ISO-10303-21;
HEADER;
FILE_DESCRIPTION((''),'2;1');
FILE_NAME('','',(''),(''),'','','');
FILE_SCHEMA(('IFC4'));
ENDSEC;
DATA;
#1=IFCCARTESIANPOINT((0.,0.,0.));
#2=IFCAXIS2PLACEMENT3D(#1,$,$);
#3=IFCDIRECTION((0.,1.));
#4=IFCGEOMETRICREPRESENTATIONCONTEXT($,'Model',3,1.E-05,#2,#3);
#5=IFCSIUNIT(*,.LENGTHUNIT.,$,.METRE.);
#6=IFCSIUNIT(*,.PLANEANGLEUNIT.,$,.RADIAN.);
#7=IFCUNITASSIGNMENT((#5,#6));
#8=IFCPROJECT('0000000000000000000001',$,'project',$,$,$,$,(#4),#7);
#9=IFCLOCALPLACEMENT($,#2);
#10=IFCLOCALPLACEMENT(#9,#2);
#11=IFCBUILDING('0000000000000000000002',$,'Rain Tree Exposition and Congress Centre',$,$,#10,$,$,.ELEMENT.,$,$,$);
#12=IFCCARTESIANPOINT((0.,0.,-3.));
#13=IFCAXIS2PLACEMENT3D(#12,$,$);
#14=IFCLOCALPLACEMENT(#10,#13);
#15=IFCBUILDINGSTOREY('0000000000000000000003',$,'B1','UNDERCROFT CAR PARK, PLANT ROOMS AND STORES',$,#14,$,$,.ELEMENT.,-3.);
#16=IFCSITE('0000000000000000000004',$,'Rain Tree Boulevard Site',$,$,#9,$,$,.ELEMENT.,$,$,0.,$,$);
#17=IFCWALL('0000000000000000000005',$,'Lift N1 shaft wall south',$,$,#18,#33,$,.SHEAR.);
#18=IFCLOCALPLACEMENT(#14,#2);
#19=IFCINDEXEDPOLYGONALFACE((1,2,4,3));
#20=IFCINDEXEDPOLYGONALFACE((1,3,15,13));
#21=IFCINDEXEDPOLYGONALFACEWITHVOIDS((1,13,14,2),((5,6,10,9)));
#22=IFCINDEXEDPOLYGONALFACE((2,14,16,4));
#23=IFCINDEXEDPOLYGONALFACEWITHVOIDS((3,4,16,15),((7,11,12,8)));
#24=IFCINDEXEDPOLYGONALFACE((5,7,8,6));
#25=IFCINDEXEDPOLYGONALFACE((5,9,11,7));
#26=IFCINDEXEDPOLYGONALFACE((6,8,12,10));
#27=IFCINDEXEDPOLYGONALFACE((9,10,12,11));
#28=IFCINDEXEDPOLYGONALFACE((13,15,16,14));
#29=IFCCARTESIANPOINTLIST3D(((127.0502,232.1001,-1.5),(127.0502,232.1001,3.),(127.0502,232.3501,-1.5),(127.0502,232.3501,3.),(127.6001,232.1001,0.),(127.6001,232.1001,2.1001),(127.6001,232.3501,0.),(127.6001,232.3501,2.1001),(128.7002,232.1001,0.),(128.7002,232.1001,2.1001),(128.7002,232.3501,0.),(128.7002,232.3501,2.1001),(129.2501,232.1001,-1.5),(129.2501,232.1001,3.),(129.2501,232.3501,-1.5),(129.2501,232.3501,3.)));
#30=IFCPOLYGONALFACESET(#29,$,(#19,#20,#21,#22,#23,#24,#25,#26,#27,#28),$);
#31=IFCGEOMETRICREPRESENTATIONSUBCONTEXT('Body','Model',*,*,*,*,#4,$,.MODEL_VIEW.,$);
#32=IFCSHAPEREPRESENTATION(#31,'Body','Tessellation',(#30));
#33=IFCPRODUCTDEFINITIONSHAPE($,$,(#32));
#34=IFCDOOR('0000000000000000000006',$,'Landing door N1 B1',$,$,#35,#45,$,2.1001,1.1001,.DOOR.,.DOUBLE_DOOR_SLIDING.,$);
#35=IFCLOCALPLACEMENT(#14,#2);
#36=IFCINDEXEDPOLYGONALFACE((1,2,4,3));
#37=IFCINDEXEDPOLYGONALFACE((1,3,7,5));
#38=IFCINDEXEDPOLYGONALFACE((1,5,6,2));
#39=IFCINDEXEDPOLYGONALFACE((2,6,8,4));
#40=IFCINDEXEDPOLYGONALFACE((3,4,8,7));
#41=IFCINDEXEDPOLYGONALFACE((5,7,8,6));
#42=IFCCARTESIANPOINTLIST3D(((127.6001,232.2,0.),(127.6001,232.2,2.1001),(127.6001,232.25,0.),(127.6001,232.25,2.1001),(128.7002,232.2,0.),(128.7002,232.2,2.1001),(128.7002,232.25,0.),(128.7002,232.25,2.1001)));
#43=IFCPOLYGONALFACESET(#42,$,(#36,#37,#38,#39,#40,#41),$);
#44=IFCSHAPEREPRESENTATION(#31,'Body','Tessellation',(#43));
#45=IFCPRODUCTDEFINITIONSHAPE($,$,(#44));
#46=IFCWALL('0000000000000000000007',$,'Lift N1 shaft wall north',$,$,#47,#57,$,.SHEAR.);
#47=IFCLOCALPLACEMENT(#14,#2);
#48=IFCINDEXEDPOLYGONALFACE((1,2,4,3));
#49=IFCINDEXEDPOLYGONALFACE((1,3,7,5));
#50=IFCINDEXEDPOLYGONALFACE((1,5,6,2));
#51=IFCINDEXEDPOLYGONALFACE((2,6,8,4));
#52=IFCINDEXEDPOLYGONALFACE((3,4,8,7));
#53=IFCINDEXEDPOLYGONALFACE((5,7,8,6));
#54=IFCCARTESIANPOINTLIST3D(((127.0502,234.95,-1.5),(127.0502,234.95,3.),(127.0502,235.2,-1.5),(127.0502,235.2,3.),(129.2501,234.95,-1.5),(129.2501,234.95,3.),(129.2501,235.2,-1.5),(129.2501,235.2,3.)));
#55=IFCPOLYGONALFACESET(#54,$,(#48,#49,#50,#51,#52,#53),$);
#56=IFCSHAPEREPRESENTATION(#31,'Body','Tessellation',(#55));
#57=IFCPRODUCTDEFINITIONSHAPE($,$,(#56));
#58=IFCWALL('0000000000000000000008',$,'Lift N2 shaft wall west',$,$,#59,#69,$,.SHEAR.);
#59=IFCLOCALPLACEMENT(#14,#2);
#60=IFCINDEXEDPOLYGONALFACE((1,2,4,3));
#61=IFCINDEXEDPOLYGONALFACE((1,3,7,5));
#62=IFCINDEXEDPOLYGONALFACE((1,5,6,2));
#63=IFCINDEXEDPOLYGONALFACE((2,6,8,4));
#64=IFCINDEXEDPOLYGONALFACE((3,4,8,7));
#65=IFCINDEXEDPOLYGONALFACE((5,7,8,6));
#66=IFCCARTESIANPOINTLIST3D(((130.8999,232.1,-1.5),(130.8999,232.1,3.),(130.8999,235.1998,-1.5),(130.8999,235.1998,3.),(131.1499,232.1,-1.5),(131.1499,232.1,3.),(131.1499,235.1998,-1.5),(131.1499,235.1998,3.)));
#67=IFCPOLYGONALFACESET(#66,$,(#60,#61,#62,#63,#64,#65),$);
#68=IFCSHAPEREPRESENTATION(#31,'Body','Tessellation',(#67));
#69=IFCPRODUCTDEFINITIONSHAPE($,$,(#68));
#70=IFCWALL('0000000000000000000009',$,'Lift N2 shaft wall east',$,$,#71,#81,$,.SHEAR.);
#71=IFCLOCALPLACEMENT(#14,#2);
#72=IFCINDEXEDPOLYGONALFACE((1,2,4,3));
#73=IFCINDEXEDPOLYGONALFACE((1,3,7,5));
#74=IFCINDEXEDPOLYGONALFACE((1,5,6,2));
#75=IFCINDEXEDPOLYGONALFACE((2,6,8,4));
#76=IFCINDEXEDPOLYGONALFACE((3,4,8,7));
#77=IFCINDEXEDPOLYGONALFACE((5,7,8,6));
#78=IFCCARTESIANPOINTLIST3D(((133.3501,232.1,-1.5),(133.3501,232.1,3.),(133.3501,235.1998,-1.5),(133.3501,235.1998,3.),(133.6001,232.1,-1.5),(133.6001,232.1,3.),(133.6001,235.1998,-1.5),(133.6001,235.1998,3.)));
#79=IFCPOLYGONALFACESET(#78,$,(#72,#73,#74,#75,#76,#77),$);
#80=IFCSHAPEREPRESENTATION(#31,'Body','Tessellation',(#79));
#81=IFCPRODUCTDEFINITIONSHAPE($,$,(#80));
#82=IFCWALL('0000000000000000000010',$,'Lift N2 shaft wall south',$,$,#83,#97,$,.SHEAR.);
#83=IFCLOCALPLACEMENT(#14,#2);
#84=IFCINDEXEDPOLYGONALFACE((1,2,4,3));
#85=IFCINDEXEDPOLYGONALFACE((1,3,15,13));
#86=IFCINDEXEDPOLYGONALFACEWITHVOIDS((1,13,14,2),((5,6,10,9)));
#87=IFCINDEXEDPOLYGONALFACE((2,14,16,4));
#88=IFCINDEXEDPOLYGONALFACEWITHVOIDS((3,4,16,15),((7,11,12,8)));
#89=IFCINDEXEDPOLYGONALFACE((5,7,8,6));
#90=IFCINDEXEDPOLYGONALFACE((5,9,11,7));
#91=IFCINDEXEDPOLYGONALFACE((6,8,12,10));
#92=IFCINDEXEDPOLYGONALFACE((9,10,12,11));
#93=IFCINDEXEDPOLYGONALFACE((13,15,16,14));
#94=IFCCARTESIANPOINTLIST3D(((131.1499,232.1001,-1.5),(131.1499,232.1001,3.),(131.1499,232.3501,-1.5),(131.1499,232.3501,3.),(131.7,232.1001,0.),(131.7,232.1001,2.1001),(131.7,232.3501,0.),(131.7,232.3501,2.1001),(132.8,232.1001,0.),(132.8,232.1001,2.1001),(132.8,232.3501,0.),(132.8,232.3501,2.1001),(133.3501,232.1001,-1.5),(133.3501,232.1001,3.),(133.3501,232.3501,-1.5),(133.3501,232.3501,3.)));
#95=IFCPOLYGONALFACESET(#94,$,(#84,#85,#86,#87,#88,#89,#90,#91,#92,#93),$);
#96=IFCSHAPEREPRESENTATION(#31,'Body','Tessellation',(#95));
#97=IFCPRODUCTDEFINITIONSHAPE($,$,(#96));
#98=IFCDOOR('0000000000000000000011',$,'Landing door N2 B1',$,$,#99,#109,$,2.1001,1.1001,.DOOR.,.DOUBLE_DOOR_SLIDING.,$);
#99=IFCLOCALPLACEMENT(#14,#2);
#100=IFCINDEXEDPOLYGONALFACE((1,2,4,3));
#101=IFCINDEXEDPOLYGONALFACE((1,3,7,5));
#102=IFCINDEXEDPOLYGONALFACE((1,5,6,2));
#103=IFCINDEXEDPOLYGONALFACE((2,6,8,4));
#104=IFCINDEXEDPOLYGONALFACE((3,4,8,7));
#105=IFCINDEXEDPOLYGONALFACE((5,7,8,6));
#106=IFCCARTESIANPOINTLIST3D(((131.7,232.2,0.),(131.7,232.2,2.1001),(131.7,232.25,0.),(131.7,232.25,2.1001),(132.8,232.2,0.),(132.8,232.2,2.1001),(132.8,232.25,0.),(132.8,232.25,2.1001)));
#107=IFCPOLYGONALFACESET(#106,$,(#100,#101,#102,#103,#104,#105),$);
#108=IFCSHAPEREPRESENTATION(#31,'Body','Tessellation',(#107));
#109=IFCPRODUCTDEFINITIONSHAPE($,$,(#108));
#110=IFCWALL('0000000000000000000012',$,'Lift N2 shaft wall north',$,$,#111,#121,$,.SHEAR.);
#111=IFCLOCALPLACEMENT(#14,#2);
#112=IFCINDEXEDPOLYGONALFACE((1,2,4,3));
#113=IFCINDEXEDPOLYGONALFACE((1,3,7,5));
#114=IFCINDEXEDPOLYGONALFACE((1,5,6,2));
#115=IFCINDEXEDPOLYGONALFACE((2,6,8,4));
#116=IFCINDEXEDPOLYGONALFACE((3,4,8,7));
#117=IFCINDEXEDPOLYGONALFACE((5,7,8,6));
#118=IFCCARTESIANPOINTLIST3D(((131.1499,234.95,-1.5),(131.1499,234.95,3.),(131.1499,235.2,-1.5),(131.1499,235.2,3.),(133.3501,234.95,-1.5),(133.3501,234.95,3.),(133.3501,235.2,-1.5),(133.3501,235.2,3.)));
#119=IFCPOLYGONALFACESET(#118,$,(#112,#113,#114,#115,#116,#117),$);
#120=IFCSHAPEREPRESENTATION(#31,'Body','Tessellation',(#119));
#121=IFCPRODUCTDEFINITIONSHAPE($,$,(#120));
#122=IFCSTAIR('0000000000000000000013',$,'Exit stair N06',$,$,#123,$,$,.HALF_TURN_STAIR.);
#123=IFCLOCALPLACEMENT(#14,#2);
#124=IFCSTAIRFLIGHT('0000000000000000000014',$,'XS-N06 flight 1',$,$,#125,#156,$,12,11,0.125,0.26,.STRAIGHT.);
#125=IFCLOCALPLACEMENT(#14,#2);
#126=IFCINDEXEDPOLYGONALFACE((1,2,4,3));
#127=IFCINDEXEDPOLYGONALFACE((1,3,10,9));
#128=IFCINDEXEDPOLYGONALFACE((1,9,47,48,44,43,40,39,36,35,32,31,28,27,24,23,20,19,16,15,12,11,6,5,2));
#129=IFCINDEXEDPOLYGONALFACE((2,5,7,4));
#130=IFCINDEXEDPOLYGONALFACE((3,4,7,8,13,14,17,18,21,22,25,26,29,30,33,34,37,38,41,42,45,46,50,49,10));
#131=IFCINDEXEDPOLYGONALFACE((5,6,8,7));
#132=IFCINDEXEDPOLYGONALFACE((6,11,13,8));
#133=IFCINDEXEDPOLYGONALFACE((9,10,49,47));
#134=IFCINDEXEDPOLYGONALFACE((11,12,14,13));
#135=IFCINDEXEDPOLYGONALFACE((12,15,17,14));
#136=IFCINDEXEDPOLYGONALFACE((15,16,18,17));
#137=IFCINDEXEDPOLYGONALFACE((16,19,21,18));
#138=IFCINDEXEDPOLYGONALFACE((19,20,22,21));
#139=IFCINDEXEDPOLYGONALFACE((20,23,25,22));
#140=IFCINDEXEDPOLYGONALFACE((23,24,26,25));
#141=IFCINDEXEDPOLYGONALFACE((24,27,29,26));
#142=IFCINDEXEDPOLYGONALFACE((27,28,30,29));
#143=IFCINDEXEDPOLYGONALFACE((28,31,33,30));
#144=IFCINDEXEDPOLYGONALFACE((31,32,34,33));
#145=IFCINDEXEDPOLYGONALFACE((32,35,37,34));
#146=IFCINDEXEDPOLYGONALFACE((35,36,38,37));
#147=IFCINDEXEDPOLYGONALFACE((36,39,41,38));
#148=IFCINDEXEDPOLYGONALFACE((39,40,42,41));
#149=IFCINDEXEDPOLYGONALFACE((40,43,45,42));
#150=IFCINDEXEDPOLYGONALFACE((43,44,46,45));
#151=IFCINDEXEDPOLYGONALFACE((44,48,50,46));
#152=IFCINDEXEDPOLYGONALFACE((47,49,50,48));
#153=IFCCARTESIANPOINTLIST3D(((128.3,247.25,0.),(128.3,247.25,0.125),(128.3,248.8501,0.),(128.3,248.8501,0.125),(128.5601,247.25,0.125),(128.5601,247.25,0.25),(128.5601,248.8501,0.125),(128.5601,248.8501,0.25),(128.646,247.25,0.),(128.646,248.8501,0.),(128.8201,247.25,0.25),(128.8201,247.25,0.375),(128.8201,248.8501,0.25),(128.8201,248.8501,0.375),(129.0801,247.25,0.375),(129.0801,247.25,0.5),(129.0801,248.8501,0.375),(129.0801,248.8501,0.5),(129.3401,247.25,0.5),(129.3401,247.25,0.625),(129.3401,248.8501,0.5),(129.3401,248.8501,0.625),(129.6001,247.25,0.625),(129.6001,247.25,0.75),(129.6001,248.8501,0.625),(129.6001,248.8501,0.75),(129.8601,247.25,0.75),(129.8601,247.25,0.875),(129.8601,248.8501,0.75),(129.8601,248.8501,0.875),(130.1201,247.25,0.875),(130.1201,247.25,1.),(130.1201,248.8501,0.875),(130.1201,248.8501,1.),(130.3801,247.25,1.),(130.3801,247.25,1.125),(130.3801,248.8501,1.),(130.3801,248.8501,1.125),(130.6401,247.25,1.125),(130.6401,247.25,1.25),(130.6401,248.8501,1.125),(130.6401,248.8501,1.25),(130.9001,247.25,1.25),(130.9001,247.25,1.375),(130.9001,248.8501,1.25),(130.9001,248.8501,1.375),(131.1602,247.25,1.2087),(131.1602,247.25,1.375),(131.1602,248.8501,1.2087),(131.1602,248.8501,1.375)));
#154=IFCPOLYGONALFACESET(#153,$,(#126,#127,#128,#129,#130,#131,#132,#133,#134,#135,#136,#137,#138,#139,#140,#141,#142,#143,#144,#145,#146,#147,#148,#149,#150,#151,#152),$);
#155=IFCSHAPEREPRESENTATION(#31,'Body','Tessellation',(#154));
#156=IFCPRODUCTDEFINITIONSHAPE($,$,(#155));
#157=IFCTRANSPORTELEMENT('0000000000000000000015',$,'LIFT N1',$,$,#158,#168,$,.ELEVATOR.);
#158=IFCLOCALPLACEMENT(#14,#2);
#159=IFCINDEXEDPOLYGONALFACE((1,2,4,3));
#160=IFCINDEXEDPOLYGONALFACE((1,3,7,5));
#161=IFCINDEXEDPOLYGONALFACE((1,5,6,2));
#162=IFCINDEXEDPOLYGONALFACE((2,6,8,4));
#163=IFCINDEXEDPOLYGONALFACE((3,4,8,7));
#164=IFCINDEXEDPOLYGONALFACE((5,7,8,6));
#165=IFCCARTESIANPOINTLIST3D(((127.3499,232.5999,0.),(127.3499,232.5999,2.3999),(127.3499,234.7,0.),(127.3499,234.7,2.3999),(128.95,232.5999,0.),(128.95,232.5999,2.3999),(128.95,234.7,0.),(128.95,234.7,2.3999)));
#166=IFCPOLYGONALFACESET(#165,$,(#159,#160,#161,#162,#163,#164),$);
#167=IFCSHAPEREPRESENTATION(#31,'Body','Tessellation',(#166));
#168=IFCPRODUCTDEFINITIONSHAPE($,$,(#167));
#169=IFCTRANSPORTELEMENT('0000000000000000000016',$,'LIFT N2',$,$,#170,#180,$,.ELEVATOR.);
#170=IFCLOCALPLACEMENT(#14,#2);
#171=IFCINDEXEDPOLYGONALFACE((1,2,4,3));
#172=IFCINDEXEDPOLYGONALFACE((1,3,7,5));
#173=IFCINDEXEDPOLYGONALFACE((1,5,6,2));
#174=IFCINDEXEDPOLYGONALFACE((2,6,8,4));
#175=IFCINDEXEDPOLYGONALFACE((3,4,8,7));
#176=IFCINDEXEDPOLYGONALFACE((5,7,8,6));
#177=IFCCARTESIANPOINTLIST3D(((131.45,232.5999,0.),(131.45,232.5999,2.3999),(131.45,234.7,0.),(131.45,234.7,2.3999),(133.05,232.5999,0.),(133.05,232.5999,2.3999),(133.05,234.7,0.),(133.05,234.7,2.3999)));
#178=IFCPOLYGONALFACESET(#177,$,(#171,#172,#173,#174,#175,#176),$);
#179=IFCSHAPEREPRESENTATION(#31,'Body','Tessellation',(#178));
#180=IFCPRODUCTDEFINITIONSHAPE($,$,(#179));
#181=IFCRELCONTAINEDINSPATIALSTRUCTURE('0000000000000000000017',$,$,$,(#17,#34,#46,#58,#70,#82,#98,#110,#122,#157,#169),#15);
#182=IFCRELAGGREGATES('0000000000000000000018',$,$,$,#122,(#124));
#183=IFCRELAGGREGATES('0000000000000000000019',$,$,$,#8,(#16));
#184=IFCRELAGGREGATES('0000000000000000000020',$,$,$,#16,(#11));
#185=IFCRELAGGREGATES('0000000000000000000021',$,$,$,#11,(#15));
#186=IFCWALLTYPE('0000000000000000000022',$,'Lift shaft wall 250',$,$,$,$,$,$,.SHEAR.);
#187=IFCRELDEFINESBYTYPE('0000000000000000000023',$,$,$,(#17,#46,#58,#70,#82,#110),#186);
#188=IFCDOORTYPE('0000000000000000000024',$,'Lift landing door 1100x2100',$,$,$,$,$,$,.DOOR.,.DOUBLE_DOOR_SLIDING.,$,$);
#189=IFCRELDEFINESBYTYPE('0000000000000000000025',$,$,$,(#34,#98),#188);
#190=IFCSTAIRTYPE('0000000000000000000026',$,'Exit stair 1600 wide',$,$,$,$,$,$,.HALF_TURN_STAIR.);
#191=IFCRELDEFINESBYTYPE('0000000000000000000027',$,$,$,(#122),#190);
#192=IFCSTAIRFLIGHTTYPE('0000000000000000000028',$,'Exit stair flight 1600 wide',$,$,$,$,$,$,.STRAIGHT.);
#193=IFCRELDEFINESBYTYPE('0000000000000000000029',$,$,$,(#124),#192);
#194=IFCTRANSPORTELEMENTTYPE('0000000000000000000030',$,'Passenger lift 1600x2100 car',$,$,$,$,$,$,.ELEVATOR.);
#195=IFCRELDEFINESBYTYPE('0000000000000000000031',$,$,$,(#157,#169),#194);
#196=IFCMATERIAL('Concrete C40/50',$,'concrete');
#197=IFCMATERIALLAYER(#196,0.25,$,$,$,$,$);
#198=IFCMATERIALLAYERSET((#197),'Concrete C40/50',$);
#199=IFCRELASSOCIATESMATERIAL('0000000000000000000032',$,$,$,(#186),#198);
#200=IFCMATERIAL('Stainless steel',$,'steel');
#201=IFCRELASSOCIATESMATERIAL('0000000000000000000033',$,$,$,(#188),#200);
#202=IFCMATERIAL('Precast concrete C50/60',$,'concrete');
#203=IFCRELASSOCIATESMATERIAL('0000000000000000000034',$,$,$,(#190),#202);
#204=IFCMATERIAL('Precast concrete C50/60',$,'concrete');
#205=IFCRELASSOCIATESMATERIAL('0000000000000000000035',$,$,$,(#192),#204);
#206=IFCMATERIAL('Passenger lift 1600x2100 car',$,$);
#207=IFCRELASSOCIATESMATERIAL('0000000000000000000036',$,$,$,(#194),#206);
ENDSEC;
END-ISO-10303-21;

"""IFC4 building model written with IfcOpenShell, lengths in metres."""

from ifc_helpers import new_model, si_unit, direction, frame, frame_2d, origin, origin_2d, place, context, subcontext, project, spatial, polyline, rectangle, outline, extrude, material, layer, layer_set, type_object, element, fill, aggregate, save


model = new_model("IFC4")

# Units and contexts
model_context = context("Model", 3, precision=1e-05, world=origin(), true_north=direction((0.0, 1.0)))
body_context = subcontext(model_context, "Body", "Model", "MODEL_VIEW")
ifc_project = project(units=[si_unit("LENGTHUNIT", "METRE"), si_unit("PLANEANGLEUNIT", "RADIAN")], contexts=[model_context])

# Site, building, storey
site_placement = place(None, origin())
site = spatial("IfcSite", under=ifc_project, at=site_placement, Name="Rain Tree Boulevard Site", CompositionType="ELEMENT", RefElevation=0.0)
building_placement = place(site_placement, origin())
building = spatial("IfcBuilding", under=site, at=building_placement, Name="Rain Tree Exposition and Congress Centre", CompositionType="ELEMENT")
storey_placement = place(building_placement, frame((0.0, 0.0, -3.0)))
storey = spatial("IfcBuildingStorey", under=building, at=storey_placement, Name="B1", Description="UNDERCROFT CAR PARK, PLANT ROOMS AND STORES", CompositionType="ELEMENT", Elevation=-3.0)

# Wall, opening, door
ifc_material_1 = material(Name="Concrete C40/50", Category="concrete")
ifc_layer_1 = layer(ifc_material_1, 0.25)
ifc_layer_set_1 = layer_set([ifc_layer_1], Name="Concrete C40/50")
wall_type_1 = type_object("IfcWallType", Name="Lift shaft wall 250", PredefinedType="SHEAR", material=ifc_layer_set_1)
wall_1_placement = place(storey_placement, frame((127.05, 232.2251, -1.5), z_axis=(0.0, 0.0, 1.0), x_axis=(1.0, 0.0, 0.0)))
wall_1 = element("IfcWall", 1, at=wall_1_placement, inside=storey, type_object=wall_type_1, Name="Lift N1 shaft wall south", PredefinedType="SHEAR", context=body_context, shape_type="SweptSolid", body=[
    extrude(rectangle(XDim=2.2, YDim=0.25, at=frame_2d((1.1001, 0.0))), origin(), (0.0, 0.0, 1.0), 4.5),
])
opening_1_placement = place(wall_1_placement, frame((0.55, 0.0, 1.5)))
opening_1 = element("IfcOpeningElement", 2, at=opening_1_placement, cuts=wall_1, PredefinedType="OPENING", context=body_context, shape_type="SweptSolid", body=[
    extrude(rectangle(XDim=1.1001, YDim=2.1001, at=frame_2d((0.55, 1.05))), frame((0.0, 0.125, 0.0), z_axis=(0.0, -1.0, 0.0), x_axis=(1.0, 0.0, 0.0)), (0.0, 0.0, 1.0), 0.25),
])
ifc_material_2 = material(Name="Stainless steel", Category="steel")
door_type_1 = type_object("IfcDoorType", Name="Lift landing door 1100x2100", OperationType="DOUBLE_DOOR_SLIDING", PredefinedType="DOOR", material=ifc_material_2)
door_1_placement = place(opening_1_placement, origin())
door_1 = element("IfcDoor", 3, at=door_1_placement, inside=storey, type_object=door_type_1, Name="Landing door N1 B1", OperationType="DOUBLE_DOOR_SLIDING", OverallHeight=2.1001, OverallWidth=1.1001, PredefinedType="DOOR", context=body_context, shape_type="SweptSolid", body=[
    extrude(rectangle(XDim=1.1001, YDim=2.1001, at=frame_2d((0.55, 1.05))), frame((0.0, 0.0249, 0.0), z_axis=(0.0, -1.0, 0.0), x_axis=(1.0, 0.0, 0.0)), (0.0, 0.0, 1.0), 0.05),
])
fill(opening_1, door_1)

# Walls
wall_2_placement = place(storey_placement, frame((127.05, 235.075, -1.5), z_axis=(0.0, 0.0, 1.0), x_axis=(1.0, 0.0, 0.0)))
element("IfcWall", 4, at=wall_2_placement, inside=storey, type_object=wall_type_1, Name="Lift N1 shaft wall north", PredefinedType="SHEAR", context=body_context, shape_type="SweptSolid", body=[
    extrude(rectangle(XDim=2.2, YDim=0.25, at=frame_2d((1.1001, 0.0))), origin(), (0.0, 0.0, 1.0), 4.5),
])
for number, where, z_axis, x_axis, name in (
    (5, (131.0249, 232.1001, -1.5), (0.0, 0.0, 1.0), (0.0, 1.0, 0.0), "Lift N2 shaft wall west"),
    (6, (133.4751, 232.1001, -1.5), (0.0, 0.0, 1.0), (0.0, 1.0, 0.0), "Lift N2 shaft wall east"),
):
    element("IfcWall", number, at=place(storey_placement, frame(where, z_axis=z_axis, x_axis=x_axis)), inside=storey, type_object=wall_type_1, Name=name, PredefinedType="SHEAR", context=body_context, shape_type="SweptSolid", body=[
        extrude(rectangle(XDim=3.0999, YDim=0.25, at=frame_2d((1.5498, 0.0))), origin(), (0.0, 0.0, 1.0), 4.5),
    ])

# Wall, opening, door
wall_3_placement = place(storey_placement, frame((131.1499, 232.2251, -1.5), z_axis=(0.0, 0.0, 1.0), x_axis=(1.0, 0.0, 0.0)))
wall_3 = element("IfcWall", 7, at=wall_3_placement, inside=storey, type_object=wall_type_1, Name="Lift N2 shaft wall south", PredefinedType="SHEAR", context=body_context, shape_type="SweptSolid", body=[
    extrude(rectangle(XDim=2.2002, YDim=0.25, at=frame_2d((1.1001, 0.0))), origin(), (0.0, 0.0, 1.0), 4.5),
])
opening_2_placement = place(wall_3_placement, frame((0.55, 0.0, 1.5)))
opening_2 = element("IfcOpeningElement", 8, at=opening_2_placement, cuts=wall_3, PredefinedType="OPENING", context=body_context, shape_type="SweptSolid", body=[
    extrude(rectangle(XDim=1.1001, YDim=2.1001, at=frame_2d((0.55, 1.05))), frame((0.0, 0.125, 0.0), z_axis=(0.0, -1.0, 0.0), x_axis=(1.0, 0.0, 0.0)), (0.0, 0.0, 1.0), 0.25),
])
door_2_placement = place(opening_2_placement, origin())
door_2 = element("IfcDoor", 9, at=door_2_placement, inside=storey, type_object=door_type_1, Name="Landing door N2 B1", OperationType="DOUBLE_DOOR_SLIDING", OverallHeight=2.1001, OverallWidth=1.1001, PredefinedType="DOOR", context=body_context, shape_type="SweptSolid", body=[
    extrude(rectangle(XDim=1.1001, YDim=2.1001, at=frame_2d((0.55, 1.05))), frame((0.0, 0.0249, 0.0), z_axis=(0.0, -1.0, 0.0), x_axis=(1.0, 0.0, 0.0)), (0.0, 0.0, 1.0), 0.05),
])
fill(opening_2, door_2)

# Wall
wall_4_placement = place(storey_placement, frame((131.1499, 235.075, -1.5), z_axis=(0.0, 0.0, 1.0), x_axis=(1.0, 0.0, 0.0)))
element("IfcWall", 10, at=wall_4_placement, inside=storey, type_object=wall_type_1, Name="Lift N2 shaft wall north", PredefinedType="SHEAR", context=body_context, shape_type="SweptSolid", body=[
    extrude(rectangle(XDim=2.2002, YDim=0.25, at=frame_2d((1.1001, 0.0))), origin(), (0.0, 0.0, 1.0), 4.5),
])

# Stair, stair flight
ifc_material_3 = material(Name="Precast concrete C50/60", Category="concrete")
stair_type = type_object("IfcStairType", Name="Exit stair 1600 wide", PredefinedType="HALF_TURN_STAIR", material=ifc_material_3)
stair_placement = place(storey_placement, origin())
stair = element("IfcStair", 11, at=stair_placement, inside=storey, type_object=stair_type, Name="Exit stair N06", PredefinedType="HALF_TURN_STAIR")
ifc_material_4 = material(Name="Precast concrete C50/60", Category="concrete")
stair_flight_type = type_object("IfcStairFlightType", Name="Exit stair flight 1600 wide", PredefinedType="STRAIGHT", material=ifc_material_4)
stair_flight_placement = place(storey_placement, frame((128.3, 248.05, 0.0), z_axis=(0.0, 0.0, 1.0), x_axis=(1.0, 0.0, 0.0)))
stair_flight = element("IfcStairFlight", 12, at=stair_flight_placement, type_object=stair_flight_type, Name="XS-N06 flight 1", NumberOfRisers=12, NumberOfTreads=11, PredefinedType="STRAIGHT", RiserHeight=0.125, TreadLength=0.26, context=body_context, shape_type="SweptSolid", body=[
    extrude(outline(polyline([(0.0, 0.0), (0.0, 0.125), (0.26, 0.125), (0.26, 0.25), (0.52, 0.25), (0.52, 0.375), (0.78, 0.375), (0.78, 0.5), (1.04, 0.5), (1.04, 0.625), (1.3, 0.625), (1.3, 0.75), (1.5601, 0.75), (1.5601, 0.875), (1.8201, 0.875), (1.8201, 1.0), (2.0801, 1.0), (2.0801, 1.125), (2.3401, 1.125), (2.3401, 1.25), (2.6001, 1.25), (2.6001, 1.375), (2.8601, 1.375), (2.8601, 1.5), (2.8601, 1.2087), (0.3459, 0.0), (0.0, 0.0)])), frame((0.0, 0.8, 0.0), z_axis=(0.0, -1.0, 0.0), x_axis=(1.0, 0.0, 0.0)), (0.0, 0.0, 1.0), 1.6001),
])
aggregate(stair, [stair_flight])

# Transport elements
ifc_material_5 = material(Name="Passenger lift 1600x2100 car")
transport_element_type = type_object("IfcTransportElementType", Name="Passenger lift 1600x2100 car", PredefinedType="ELEVATOR", material=ifc_material_5)
for number, where, z_axis, x_axis, name in (
    (13, (128.1499, 233.6499, 0.0), (0.0, 0.0, 1.0), (1.0, 0.0, 0.0), "LIFT N1"),
    (14, (132.25, 233.6499, 0.0), (0.0, 0.0, 1.0), (1.0, 0.0, 0.0), "LIFT N2"),
):
    element("IfcTransportElement", number, at=place(storey_placement, frame(where, z_axis=z_axis, x_axis=x_axis)), inside=storey, type_object=transport_element_type, Name=name, PredefinedType="ELEVATOR", context=body_context, shape_type="SweptSolid", body=[
        extrude(rectangle(XDim=1.6001, YDim=2.1001, at=origin_2d()), origin(), (0.0, 0.0, 1.0), 2.3999),
    ])

save(model, "model.ifc")
